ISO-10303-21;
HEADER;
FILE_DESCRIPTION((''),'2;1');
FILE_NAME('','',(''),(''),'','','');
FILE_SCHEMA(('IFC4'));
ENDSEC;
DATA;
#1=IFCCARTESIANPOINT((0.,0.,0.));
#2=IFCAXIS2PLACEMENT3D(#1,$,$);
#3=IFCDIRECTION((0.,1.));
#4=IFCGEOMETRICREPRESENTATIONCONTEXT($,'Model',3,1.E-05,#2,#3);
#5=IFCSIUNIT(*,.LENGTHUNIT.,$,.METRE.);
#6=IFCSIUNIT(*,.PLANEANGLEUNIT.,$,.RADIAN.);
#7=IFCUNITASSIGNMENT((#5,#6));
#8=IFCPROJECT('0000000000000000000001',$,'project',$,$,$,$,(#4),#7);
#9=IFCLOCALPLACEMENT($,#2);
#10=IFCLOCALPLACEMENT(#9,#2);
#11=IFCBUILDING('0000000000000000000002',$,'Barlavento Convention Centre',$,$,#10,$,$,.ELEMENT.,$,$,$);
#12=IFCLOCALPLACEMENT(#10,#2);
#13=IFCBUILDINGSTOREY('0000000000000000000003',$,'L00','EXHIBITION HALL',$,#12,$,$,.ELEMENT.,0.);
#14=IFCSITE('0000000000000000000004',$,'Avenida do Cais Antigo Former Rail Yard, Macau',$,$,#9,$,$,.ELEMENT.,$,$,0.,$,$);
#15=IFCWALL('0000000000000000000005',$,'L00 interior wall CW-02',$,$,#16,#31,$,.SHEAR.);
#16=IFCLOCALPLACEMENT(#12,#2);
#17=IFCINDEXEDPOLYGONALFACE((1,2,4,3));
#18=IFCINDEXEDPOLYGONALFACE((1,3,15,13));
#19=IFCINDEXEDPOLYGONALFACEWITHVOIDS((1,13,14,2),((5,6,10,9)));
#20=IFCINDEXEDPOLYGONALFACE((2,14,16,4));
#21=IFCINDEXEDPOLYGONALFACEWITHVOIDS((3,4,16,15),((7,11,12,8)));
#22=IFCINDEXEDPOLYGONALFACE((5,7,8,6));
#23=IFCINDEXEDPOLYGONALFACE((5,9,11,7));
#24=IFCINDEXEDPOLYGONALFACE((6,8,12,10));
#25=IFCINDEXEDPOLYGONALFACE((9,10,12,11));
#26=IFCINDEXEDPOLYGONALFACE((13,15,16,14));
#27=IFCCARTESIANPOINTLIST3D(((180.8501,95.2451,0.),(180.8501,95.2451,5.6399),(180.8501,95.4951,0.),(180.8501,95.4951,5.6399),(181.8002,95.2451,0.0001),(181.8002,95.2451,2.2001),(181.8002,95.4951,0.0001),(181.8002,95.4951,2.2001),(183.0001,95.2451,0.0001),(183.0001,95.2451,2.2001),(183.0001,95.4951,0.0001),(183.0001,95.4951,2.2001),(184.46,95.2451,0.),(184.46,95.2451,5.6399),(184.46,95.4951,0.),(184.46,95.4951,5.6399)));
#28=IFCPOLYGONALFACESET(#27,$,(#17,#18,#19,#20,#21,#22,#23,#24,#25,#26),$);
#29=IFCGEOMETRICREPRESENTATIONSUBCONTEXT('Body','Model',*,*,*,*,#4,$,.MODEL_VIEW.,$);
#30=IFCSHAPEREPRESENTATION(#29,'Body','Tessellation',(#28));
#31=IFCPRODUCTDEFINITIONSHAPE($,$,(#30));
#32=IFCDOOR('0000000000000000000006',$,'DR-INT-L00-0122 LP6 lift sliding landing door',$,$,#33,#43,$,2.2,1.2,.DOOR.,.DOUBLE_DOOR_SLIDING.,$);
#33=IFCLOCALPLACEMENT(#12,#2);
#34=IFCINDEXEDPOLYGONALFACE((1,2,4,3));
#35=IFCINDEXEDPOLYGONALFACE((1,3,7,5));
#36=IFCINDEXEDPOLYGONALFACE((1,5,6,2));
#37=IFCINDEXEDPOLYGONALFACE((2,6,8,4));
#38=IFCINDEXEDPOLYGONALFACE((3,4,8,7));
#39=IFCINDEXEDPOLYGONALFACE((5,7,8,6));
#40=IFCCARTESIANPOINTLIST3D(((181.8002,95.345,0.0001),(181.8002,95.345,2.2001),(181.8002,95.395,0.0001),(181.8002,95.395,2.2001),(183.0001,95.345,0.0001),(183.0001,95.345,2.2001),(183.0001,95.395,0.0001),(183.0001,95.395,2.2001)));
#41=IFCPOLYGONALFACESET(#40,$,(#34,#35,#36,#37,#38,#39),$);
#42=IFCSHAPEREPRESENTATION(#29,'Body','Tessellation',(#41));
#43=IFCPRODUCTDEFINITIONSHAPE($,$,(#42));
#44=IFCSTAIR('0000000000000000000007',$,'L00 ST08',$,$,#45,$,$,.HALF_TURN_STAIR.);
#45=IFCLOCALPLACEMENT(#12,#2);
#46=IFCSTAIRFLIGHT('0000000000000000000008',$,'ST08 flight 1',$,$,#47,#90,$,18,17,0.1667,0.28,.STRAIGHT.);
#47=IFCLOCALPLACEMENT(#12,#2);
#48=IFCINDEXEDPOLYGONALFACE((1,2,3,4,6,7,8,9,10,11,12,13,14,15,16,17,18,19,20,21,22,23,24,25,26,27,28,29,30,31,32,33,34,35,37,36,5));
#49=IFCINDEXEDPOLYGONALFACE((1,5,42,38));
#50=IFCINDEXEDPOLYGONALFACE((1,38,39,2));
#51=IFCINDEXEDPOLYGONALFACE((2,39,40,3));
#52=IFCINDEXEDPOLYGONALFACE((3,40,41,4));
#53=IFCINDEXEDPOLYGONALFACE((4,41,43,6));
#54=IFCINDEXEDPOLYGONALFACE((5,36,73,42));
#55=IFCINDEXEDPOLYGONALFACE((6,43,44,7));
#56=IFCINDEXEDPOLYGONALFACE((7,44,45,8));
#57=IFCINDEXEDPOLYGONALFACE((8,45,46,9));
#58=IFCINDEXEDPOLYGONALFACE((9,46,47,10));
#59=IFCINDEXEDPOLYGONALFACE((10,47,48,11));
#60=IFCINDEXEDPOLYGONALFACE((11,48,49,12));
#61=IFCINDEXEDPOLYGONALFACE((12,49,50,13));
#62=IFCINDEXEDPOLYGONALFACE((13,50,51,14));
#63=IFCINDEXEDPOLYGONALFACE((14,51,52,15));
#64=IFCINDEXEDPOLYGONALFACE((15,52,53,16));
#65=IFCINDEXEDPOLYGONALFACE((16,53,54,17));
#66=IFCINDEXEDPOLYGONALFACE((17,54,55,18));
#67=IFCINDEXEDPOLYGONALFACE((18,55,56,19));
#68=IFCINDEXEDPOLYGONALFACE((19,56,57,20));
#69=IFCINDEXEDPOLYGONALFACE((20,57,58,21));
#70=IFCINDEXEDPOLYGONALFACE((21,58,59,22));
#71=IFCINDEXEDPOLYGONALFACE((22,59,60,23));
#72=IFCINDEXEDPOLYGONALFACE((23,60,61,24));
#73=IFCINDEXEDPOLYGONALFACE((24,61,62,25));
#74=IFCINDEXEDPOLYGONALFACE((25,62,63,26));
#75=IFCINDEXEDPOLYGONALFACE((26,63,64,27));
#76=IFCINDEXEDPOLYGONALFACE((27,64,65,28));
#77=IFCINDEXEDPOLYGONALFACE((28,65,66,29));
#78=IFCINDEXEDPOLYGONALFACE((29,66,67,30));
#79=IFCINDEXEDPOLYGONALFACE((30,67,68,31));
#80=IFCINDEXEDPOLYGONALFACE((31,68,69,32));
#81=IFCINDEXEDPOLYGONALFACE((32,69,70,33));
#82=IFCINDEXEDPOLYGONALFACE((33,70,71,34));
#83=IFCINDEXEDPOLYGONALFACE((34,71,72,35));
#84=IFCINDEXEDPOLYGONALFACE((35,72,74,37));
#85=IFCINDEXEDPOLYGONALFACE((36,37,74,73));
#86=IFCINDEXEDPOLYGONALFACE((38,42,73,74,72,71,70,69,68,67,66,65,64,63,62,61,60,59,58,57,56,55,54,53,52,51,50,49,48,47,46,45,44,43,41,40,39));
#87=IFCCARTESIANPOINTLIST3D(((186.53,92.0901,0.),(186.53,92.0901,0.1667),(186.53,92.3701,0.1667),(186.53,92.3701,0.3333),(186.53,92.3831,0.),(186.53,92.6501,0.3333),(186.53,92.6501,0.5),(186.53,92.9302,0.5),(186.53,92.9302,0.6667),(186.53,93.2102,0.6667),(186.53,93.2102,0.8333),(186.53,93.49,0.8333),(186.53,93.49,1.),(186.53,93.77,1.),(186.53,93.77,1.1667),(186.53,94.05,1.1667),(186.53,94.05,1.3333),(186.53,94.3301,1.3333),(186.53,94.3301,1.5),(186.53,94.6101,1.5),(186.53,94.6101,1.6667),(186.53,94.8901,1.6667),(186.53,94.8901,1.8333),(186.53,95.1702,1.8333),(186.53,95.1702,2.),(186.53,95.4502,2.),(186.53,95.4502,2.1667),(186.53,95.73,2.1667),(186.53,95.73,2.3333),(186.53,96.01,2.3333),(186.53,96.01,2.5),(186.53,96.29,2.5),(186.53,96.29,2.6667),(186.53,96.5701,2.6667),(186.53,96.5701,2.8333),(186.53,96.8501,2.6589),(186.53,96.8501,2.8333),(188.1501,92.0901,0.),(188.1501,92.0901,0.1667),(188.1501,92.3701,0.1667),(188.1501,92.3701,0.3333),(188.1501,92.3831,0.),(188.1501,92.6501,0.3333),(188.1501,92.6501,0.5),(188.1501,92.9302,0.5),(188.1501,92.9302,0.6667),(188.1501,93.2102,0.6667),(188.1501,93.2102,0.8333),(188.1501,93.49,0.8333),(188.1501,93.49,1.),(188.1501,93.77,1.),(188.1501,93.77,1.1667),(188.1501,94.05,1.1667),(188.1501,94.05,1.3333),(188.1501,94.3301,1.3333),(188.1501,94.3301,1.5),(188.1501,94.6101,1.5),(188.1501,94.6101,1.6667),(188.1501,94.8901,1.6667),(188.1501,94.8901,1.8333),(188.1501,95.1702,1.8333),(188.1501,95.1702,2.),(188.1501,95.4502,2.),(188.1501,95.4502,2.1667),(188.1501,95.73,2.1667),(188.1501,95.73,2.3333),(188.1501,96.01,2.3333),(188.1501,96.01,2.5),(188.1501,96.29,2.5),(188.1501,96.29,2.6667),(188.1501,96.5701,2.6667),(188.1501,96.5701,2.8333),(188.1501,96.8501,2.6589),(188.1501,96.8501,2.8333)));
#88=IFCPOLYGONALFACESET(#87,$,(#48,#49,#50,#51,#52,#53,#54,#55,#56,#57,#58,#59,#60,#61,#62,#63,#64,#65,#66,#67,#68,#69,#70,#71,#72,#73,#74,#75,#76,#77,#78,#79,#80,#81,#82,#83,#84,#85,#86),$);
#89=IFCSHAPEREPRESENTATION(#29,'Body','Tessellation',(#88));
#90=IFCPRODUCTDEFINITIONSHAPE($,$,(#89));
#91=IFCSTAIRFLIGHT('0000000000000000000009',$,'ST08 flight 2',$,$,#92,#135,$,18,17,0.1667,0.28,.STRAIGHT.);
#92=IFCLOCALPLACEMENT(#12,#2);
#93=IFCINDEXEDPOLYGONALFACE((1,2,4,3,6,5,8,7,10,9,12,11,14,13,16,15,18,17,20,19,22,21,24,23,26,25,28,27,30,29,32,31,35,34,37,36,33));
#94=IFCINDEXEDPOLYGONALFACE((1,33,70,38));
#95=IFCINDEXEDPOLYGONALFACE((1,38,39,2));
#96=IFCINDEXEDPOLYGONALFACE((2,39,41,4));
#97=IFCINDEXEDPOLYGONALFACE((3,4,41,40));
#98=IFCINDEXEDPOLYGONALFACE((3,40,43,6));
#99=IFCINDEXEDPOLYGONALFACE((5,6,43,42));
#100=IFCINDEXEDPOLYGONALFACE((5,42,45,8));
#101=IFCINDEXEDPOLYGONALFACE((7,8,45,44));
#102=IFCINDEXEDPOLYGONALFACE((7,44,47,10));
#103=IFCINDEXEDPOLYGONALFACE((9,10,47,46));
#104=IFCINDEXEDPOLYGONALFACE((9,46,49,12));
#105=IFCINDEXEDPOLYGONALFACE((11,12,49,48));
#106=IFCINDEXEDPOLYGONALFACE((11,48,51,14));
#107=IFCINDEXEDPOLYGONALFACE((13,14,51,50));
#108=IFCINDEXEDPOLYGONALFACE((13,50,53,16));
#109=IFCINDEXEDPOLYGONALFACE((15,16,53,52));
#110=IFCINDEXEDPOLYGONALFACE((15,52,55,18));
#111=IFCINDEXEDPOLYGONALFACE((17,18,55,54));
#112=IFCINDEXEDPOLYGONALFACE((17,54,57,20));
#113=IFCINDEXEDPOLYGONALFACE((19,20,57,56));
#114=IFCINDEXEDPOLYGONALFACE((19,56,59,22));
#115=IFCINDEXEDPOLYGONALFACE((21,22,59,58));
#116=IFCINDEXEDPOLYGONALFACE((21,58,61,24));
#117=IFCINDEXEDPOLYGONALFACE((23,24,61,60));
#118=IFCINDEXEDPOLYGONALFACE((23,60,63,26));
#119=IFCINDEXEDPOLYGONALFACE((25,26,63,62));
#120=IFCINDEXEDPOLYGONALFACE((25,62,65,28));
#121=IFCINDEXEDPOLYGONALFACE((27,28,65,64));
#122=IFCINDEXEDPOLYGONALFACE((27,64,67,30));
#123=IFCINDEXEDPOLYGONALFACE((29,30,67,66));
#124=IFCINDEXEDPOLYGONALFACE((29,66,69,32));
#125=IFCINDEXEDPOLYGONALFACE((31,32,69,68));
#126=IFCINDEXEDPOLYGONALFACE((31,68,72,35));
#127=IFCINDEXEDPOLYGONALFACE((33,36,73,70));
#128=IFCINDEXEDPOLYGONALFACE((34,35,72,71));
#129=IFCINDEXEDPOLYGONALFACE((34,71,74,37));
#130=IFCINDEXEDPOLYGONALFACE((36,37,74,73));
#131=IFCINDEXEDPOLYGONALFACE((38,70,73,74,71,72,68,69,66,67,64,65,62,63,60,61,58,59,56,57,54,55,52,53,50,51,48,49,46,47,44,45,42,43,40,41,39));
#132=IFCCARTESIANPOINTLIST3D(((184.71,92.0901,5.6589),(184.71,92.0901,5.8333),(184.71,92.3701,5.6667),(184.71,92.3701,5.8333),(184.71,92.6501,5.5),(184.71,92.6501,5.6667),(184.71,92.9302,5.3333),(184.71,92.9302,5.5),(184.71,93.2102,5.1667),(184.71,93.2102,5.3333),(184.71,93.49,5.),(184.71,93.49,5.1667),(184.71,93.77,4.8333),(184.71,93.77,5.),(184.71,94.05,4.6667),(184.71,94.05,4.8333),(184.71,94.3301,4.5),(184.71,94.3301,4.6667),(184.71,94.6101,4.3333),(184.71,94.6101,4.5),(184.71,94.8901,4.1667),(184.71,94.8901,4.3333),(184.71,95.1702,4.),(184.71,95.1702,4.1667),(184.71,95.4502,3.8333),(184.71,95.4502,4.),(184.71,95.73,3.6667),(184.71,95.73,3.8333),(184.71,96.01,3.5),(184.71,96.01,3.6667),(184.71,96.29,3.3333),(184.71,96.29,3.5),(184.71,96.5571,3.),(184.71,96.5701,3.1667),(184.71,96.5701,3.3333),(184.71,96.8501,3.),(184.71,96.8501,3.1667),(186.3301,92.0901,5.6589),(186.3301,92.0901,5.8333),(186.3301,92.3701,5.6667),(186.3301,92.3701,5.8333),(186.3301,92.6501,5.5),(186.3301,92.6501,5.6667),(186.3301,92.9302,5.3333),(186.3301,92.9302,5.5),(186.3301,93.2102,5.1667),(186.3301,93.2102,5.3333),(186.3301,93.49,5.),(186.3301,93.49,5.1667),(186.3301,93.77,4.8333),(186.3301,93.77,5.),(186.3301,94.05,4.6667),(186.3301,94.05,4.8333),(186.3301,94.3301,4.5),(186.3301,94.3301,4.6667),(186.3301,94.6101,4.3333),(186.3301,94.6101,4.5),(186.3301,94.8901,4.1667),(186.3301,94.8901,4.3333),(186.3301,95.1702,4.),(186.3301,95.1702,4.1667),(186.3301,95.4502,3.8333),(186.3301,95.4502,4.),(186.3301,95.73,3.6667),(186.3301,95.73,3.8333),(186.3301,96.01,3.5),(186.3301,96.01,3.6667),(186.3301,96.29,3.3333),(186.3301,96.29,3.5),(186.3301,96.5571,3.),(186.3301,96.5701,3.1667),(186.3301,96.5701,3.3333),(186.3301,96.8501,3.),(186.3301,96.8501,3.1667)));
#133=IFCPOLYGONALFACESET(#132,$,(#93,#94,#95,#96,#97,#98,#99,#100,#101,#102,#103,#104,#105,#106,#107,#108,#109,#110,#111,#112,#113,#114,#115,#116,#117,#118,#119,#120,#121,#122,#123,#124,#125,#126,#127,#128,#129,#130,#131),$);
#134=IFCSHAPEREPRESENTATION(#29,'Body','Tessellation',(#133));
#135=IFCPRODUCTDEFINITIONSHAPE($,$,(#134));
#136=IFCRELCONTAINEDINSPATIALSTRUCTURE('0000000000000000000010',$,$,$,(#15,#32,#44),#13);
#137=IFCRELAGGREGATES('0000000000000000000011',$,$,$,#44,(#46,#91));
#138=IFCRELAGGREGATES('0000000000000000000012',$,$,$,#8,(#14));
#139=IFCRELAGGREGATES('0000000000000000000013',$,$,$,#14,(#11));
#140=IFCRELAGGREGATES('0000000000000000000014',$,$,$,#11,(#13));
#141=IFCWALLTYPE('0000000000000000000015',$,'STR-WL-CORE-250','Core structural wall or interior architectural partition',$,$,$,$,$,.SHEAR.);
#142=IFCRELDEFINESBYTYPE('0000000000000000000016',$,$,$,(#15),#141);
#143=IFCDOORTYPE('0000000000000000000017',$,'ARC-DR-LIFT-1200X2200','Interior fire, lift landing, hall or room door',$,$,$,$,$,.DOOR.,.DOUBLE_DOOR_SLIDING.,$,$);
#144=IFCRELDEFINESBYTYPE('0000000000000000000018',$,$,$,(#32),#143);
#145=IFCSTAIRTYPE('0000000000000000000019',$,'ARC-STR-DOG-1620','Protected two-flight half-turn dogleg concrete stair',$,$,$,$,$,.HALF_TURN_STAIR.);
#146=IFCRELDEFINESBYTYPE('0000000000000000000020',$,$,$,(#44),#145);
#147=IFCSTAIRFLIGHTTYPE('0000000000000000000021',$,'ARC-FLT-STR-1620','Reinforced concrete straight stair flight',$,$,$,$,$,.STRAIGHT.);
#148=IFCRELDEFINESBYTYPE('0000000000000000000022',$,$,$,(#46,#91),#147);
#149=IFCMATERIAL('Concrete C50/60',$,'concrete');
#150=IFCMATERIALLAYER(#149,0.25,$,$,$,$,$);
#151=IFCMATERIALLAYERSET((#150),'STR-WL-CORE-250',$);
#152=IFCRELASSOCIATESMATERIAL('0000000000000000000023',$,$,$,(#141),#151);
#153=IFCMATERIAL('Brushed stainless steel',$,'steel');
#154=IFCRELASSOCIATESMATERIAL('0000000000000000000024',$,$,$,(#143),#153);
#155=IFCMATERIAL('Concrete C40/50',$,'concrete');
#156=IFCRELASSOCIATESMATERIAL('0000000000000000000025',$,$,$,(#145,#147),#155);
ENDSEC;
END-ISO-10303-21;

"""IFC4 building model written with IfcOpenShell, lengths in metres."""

from ifc_helpers import new_model, si_unit, direction, frame, frame_2d, origin, place, context, subcontext, project, spatial, polyline, rectangle, outline, extrude, material, layer, layer_set, type_object, element, fill, aggregate, save


model = new_model("IFC4")

# Units and contexts
model_context = context("Model", 3, precision=1e-05, world=origin(), true_north=direction((0.0, 1.0)))
body_context = subcontext(model_context, "Body", "Model", "MODEL_VIEW")
ifc_project = project(units=[si_unit("LENGTHUNIT", "METRE"), si_unit("PLANEANGLEUNIT", "RADIAN")], contexts=[model_context])

# Site, building, storey
site_placement = place(None, origin())
site = spatial("IfcSite", under=ifc_project, at=site_placement, Name="Avenida do Cais Antigo Former Rail Yard, Macau", CompositionType="ELEMENT", RefElevation=0.0)
building_placement = place(site_placement, origin())
building = spatial("IfcBuilding", under=site, at=building_placement, Name="Barlavento Convention Centre", CompositionType="ELEMENT")
storey_placement = place(building_placement, origin())
storey = spatial("IfcBuildingStorey", under=building, at=storey_placement, Name="L00", Description="EXHIBITION HALL", CompositionType="ELEMENT", Elevation=0.0)

# Shared definitions
ifc_material_1 = material(Name="Concrete C40/50", Category="concrete")

# Shared definitions
ifc_material_2 = material(Name="Concrete C50/60", Category="concrete")
ifc_layer = layer(ifc_material_2, 0.25)
ifc_layer_set = layer_set([ifc_layer], Name="STR-WL-CORE-250")
wall_type = type_object("IfcWallType", Name="STR-WL-CORE-250", Description="Core structural wall or interior architectural partition", PredefinedType="SHEAR", material=ifc_layer_set)

# Wall, opening, door
wall_1_placement = place(storey_placement, frame((180.8501, 95.3701, 0.0), z_axis=(0.0, 0.0, 1.0), x_axis=(1.0, 0.0, 0.0)))
wall_1 = element("IfcWall", 1, at=wall_1_placement, inside=storey, type_object=wall_type, Name="L00 interior wall CW-02", PredefinedType="SHEAR", context=body_context, shape_type="SweptSolid", body=[
    extrude(rectangle(XDim=3.6099, YDim=0.25, at=frame_2d((1.8049, 0.0))), origin(), (0.0, 0.0, 1.0), 5.6399),
])
opening_placement = place(wall_1_placement, frame((0.95, 0.0, 0.0)))
opening = element("IfcOpeningElement", 2, at=opening_placement, cuts=wall_1, PredefinedType="OPENING", context=body_context, shape_type="SweptSolid", body=[
    extrude(rectangle(XDim=1.2, YDim=2.2, at=frame_2d((0.6001, 1.1001))), frame((0.0, 0.135, 0.0), z_axis=(0.0, -1.0, 0.0), x_axis=(1.0, 0.0, 0.0)), (0.0, 0.0, 1.0), 0.27),
])
ifc_material_3 = material(Name="Brushed stainless steel", Category="steel")
door_type = type_object("IfcDoorType", Name="ARC-DR-LIFT-1200X2200", Description="Interior fire, lift landing, hall or room door", OperationType="DOUBLE_DOOR_SLIDING", PredefinedType="DOOR", material=ifc_material_3)
door_placement = place(opening_placement, origin())
door = element("IfcDoor", 3, at=door_placement, inside=storey, type_object=door_type, Name="DR-INT-L00-0122 LP6 lift sliding landing door", OperationType="DOUBLE_DOOR_SLIDING", OverallHeight=2.2, OverallWidth=1.2, PredefinedType="DOOR", context=body_context, shape_type="SweptSolid", body=[
    extrude(rectangle(XDim=1.2, YDim=2.2, at=frame_2d((0.6001, 1.1001))), frame((0.0, 0.0249, 0.0), z_axis=(0.0, -1.0, 0.0), x_axis=(1.0, 0.0, 0.0)), (0.0, 0.0, 1.0), 0.05),
])
fill(opening, door)

# Stair, stair flights
stair_type = type_object("IfcStairType", Name="ARC-STR-DOG-1620", Description="Protected two-flight half-turn dogleg concrete stair", PredefinedType="HALF_TURN_STAIR", material=ifc_material_1)
stair_placement = place(storey_placement, origin())
stair = element("IfcStair", 4, at=stair_placement, inside=storey, type_object=stair_type, Name="L00 ST08", PredefinedType="HALF_TURN_STAIR")
stair_flight_type = type_object("IfcStairFlightType", Name="ARC-FLT-STR-1620", Description="Reinforced concrete straight stair flight", PredefinedType="STRAIGHT", material=ifc_material_1)
stair_flight_1_placement = place(storey_placement, frame((187.3401, 92.0901, 0.0), z_axis=(0.0, 0.0, 1.0), x_axis=(0.0, 1.0, 0.0)))
stair_flight_1 = element("IfcStairFlight", 5, at=stair_flight_1_placement, type_object=stair_flight_type, Name="ST08 flight 1", NumberOfRisers=18, NumberOfTreads=17, PredefinedType="STRAIGHT", RiserHeight=0.1667, TreadLength=0.28, context=body_context, shape_type="SweptSolid", body=[
    extrude(outline(polyline([(0.0, 0.0), (0.0, 0.1667), (0.28, 0.1667), (0.28, 0.3333), (0.5601, 0.3333), (0.5601, 0.5), (0.8401, 0.5), (0.8401, 0.6667), (1.1201, 0.6667), (1.1201, 0.8333), (1.3999, 0.8333), (1.3999, 1.0), (1.6799, 1.0), (1.6799, 1.1667), (1.96, 1.1667), (1.96, 1.3333), (2.24, 1.3333), (2.24, 1.5), (2.52, 1.5), (2.52, 1.6667), (2.8, 1.6667), (2.8, 1.8333), (3.0801, 1.8333), (3.0801, 2.0), (3.3601, 2.0), (3.3601, 2.1667), (3.6399, 2.1667), (3.6399, 2.3333), (3.9199, 2.3333), (3.9199, 2.5), (4.2, 2.5), (4.2, 2.6667), (4.48, 2.6667), (4.48, 2.8333), (4.76, 2.8333), (4.76, 3.0), (4.76, 2.6589), (0.293, 0.0), (0.0, 0.0)])), frame((0.0, 0.8101, 0.0), z_axis=(0.0, -1.0, 0.0), x_axis=(1.0, 0.0, 0.0)), (0.0, 0.0, 1.0), 1.6201),
])
stair_flight_2_placement = place(storey_placement, frame((185.52, 96.8501, 3.0), z_axis=(0.0, 0.0, 1.0), x_axis=(0.0, -1.0, 0.0)))
stair_flight_2 = element("IfcStairFlight", 6, at=stair_flight_2_placement, type_object=stair_flight_type, Name="ST08 flight 2", NumberOfRisers=18, NumberOfTreads=17, PredefinedType="STRAIGHT", RiserHeight=0.1667, TreadLength=0.28, context=body_context, shape_type="SweptSolid", body=[
    extrude(outline(polyline([(0.0, 0.0), (0.0, 0.1667), (0.28, 0.1667), (0.28, 0.3333), (0.5601, 0.3333), (0.5601, 0.5), (0.8401, 0.5), (0.8401, 0.6667), (1.1201, 0.6667), (1.1201, 0.8333), (1.3999, 0.8333), (1.3999, 1.0), (1.6799, 1.0), (1.6799, 1.1667), (1.96, 1.1667), (1.96, 1.3333), (2.24, 1.3333), (2.24, 1.5), (2.52, 1.5), (2.52, 1.6667), (2.8, 1.6667), (2.8, 1.8333), (3.0801, 1.8333), (3.0801, 2.0), (3.3601, 2.0), (3.3601, 2.1667), (3.6399, 2.1667), (3.6399, 2.3333), (3.9199, 2.3333), (3.9199, 2.5), (4.2, 2.5), (4.2, 2.6667), (4.48, 2.6667), (4.48, 2.8333), (4.76, 2.8333), (4.76, 3.0), (4.76, 2.6589), (0.293, 0.0), (0.0, 0.0)])), frame((0.0, 0.8101, 0.0), z_axis=(0.0, -1.0, 0.0), x_axis=(1.0, 0.0, 0.0)), (0.0, 0.0, 1.0), 1.6201),
])
aggregate(stair, [stair_flight_1, stair_flight_2])

save(model, "model.ifc")
